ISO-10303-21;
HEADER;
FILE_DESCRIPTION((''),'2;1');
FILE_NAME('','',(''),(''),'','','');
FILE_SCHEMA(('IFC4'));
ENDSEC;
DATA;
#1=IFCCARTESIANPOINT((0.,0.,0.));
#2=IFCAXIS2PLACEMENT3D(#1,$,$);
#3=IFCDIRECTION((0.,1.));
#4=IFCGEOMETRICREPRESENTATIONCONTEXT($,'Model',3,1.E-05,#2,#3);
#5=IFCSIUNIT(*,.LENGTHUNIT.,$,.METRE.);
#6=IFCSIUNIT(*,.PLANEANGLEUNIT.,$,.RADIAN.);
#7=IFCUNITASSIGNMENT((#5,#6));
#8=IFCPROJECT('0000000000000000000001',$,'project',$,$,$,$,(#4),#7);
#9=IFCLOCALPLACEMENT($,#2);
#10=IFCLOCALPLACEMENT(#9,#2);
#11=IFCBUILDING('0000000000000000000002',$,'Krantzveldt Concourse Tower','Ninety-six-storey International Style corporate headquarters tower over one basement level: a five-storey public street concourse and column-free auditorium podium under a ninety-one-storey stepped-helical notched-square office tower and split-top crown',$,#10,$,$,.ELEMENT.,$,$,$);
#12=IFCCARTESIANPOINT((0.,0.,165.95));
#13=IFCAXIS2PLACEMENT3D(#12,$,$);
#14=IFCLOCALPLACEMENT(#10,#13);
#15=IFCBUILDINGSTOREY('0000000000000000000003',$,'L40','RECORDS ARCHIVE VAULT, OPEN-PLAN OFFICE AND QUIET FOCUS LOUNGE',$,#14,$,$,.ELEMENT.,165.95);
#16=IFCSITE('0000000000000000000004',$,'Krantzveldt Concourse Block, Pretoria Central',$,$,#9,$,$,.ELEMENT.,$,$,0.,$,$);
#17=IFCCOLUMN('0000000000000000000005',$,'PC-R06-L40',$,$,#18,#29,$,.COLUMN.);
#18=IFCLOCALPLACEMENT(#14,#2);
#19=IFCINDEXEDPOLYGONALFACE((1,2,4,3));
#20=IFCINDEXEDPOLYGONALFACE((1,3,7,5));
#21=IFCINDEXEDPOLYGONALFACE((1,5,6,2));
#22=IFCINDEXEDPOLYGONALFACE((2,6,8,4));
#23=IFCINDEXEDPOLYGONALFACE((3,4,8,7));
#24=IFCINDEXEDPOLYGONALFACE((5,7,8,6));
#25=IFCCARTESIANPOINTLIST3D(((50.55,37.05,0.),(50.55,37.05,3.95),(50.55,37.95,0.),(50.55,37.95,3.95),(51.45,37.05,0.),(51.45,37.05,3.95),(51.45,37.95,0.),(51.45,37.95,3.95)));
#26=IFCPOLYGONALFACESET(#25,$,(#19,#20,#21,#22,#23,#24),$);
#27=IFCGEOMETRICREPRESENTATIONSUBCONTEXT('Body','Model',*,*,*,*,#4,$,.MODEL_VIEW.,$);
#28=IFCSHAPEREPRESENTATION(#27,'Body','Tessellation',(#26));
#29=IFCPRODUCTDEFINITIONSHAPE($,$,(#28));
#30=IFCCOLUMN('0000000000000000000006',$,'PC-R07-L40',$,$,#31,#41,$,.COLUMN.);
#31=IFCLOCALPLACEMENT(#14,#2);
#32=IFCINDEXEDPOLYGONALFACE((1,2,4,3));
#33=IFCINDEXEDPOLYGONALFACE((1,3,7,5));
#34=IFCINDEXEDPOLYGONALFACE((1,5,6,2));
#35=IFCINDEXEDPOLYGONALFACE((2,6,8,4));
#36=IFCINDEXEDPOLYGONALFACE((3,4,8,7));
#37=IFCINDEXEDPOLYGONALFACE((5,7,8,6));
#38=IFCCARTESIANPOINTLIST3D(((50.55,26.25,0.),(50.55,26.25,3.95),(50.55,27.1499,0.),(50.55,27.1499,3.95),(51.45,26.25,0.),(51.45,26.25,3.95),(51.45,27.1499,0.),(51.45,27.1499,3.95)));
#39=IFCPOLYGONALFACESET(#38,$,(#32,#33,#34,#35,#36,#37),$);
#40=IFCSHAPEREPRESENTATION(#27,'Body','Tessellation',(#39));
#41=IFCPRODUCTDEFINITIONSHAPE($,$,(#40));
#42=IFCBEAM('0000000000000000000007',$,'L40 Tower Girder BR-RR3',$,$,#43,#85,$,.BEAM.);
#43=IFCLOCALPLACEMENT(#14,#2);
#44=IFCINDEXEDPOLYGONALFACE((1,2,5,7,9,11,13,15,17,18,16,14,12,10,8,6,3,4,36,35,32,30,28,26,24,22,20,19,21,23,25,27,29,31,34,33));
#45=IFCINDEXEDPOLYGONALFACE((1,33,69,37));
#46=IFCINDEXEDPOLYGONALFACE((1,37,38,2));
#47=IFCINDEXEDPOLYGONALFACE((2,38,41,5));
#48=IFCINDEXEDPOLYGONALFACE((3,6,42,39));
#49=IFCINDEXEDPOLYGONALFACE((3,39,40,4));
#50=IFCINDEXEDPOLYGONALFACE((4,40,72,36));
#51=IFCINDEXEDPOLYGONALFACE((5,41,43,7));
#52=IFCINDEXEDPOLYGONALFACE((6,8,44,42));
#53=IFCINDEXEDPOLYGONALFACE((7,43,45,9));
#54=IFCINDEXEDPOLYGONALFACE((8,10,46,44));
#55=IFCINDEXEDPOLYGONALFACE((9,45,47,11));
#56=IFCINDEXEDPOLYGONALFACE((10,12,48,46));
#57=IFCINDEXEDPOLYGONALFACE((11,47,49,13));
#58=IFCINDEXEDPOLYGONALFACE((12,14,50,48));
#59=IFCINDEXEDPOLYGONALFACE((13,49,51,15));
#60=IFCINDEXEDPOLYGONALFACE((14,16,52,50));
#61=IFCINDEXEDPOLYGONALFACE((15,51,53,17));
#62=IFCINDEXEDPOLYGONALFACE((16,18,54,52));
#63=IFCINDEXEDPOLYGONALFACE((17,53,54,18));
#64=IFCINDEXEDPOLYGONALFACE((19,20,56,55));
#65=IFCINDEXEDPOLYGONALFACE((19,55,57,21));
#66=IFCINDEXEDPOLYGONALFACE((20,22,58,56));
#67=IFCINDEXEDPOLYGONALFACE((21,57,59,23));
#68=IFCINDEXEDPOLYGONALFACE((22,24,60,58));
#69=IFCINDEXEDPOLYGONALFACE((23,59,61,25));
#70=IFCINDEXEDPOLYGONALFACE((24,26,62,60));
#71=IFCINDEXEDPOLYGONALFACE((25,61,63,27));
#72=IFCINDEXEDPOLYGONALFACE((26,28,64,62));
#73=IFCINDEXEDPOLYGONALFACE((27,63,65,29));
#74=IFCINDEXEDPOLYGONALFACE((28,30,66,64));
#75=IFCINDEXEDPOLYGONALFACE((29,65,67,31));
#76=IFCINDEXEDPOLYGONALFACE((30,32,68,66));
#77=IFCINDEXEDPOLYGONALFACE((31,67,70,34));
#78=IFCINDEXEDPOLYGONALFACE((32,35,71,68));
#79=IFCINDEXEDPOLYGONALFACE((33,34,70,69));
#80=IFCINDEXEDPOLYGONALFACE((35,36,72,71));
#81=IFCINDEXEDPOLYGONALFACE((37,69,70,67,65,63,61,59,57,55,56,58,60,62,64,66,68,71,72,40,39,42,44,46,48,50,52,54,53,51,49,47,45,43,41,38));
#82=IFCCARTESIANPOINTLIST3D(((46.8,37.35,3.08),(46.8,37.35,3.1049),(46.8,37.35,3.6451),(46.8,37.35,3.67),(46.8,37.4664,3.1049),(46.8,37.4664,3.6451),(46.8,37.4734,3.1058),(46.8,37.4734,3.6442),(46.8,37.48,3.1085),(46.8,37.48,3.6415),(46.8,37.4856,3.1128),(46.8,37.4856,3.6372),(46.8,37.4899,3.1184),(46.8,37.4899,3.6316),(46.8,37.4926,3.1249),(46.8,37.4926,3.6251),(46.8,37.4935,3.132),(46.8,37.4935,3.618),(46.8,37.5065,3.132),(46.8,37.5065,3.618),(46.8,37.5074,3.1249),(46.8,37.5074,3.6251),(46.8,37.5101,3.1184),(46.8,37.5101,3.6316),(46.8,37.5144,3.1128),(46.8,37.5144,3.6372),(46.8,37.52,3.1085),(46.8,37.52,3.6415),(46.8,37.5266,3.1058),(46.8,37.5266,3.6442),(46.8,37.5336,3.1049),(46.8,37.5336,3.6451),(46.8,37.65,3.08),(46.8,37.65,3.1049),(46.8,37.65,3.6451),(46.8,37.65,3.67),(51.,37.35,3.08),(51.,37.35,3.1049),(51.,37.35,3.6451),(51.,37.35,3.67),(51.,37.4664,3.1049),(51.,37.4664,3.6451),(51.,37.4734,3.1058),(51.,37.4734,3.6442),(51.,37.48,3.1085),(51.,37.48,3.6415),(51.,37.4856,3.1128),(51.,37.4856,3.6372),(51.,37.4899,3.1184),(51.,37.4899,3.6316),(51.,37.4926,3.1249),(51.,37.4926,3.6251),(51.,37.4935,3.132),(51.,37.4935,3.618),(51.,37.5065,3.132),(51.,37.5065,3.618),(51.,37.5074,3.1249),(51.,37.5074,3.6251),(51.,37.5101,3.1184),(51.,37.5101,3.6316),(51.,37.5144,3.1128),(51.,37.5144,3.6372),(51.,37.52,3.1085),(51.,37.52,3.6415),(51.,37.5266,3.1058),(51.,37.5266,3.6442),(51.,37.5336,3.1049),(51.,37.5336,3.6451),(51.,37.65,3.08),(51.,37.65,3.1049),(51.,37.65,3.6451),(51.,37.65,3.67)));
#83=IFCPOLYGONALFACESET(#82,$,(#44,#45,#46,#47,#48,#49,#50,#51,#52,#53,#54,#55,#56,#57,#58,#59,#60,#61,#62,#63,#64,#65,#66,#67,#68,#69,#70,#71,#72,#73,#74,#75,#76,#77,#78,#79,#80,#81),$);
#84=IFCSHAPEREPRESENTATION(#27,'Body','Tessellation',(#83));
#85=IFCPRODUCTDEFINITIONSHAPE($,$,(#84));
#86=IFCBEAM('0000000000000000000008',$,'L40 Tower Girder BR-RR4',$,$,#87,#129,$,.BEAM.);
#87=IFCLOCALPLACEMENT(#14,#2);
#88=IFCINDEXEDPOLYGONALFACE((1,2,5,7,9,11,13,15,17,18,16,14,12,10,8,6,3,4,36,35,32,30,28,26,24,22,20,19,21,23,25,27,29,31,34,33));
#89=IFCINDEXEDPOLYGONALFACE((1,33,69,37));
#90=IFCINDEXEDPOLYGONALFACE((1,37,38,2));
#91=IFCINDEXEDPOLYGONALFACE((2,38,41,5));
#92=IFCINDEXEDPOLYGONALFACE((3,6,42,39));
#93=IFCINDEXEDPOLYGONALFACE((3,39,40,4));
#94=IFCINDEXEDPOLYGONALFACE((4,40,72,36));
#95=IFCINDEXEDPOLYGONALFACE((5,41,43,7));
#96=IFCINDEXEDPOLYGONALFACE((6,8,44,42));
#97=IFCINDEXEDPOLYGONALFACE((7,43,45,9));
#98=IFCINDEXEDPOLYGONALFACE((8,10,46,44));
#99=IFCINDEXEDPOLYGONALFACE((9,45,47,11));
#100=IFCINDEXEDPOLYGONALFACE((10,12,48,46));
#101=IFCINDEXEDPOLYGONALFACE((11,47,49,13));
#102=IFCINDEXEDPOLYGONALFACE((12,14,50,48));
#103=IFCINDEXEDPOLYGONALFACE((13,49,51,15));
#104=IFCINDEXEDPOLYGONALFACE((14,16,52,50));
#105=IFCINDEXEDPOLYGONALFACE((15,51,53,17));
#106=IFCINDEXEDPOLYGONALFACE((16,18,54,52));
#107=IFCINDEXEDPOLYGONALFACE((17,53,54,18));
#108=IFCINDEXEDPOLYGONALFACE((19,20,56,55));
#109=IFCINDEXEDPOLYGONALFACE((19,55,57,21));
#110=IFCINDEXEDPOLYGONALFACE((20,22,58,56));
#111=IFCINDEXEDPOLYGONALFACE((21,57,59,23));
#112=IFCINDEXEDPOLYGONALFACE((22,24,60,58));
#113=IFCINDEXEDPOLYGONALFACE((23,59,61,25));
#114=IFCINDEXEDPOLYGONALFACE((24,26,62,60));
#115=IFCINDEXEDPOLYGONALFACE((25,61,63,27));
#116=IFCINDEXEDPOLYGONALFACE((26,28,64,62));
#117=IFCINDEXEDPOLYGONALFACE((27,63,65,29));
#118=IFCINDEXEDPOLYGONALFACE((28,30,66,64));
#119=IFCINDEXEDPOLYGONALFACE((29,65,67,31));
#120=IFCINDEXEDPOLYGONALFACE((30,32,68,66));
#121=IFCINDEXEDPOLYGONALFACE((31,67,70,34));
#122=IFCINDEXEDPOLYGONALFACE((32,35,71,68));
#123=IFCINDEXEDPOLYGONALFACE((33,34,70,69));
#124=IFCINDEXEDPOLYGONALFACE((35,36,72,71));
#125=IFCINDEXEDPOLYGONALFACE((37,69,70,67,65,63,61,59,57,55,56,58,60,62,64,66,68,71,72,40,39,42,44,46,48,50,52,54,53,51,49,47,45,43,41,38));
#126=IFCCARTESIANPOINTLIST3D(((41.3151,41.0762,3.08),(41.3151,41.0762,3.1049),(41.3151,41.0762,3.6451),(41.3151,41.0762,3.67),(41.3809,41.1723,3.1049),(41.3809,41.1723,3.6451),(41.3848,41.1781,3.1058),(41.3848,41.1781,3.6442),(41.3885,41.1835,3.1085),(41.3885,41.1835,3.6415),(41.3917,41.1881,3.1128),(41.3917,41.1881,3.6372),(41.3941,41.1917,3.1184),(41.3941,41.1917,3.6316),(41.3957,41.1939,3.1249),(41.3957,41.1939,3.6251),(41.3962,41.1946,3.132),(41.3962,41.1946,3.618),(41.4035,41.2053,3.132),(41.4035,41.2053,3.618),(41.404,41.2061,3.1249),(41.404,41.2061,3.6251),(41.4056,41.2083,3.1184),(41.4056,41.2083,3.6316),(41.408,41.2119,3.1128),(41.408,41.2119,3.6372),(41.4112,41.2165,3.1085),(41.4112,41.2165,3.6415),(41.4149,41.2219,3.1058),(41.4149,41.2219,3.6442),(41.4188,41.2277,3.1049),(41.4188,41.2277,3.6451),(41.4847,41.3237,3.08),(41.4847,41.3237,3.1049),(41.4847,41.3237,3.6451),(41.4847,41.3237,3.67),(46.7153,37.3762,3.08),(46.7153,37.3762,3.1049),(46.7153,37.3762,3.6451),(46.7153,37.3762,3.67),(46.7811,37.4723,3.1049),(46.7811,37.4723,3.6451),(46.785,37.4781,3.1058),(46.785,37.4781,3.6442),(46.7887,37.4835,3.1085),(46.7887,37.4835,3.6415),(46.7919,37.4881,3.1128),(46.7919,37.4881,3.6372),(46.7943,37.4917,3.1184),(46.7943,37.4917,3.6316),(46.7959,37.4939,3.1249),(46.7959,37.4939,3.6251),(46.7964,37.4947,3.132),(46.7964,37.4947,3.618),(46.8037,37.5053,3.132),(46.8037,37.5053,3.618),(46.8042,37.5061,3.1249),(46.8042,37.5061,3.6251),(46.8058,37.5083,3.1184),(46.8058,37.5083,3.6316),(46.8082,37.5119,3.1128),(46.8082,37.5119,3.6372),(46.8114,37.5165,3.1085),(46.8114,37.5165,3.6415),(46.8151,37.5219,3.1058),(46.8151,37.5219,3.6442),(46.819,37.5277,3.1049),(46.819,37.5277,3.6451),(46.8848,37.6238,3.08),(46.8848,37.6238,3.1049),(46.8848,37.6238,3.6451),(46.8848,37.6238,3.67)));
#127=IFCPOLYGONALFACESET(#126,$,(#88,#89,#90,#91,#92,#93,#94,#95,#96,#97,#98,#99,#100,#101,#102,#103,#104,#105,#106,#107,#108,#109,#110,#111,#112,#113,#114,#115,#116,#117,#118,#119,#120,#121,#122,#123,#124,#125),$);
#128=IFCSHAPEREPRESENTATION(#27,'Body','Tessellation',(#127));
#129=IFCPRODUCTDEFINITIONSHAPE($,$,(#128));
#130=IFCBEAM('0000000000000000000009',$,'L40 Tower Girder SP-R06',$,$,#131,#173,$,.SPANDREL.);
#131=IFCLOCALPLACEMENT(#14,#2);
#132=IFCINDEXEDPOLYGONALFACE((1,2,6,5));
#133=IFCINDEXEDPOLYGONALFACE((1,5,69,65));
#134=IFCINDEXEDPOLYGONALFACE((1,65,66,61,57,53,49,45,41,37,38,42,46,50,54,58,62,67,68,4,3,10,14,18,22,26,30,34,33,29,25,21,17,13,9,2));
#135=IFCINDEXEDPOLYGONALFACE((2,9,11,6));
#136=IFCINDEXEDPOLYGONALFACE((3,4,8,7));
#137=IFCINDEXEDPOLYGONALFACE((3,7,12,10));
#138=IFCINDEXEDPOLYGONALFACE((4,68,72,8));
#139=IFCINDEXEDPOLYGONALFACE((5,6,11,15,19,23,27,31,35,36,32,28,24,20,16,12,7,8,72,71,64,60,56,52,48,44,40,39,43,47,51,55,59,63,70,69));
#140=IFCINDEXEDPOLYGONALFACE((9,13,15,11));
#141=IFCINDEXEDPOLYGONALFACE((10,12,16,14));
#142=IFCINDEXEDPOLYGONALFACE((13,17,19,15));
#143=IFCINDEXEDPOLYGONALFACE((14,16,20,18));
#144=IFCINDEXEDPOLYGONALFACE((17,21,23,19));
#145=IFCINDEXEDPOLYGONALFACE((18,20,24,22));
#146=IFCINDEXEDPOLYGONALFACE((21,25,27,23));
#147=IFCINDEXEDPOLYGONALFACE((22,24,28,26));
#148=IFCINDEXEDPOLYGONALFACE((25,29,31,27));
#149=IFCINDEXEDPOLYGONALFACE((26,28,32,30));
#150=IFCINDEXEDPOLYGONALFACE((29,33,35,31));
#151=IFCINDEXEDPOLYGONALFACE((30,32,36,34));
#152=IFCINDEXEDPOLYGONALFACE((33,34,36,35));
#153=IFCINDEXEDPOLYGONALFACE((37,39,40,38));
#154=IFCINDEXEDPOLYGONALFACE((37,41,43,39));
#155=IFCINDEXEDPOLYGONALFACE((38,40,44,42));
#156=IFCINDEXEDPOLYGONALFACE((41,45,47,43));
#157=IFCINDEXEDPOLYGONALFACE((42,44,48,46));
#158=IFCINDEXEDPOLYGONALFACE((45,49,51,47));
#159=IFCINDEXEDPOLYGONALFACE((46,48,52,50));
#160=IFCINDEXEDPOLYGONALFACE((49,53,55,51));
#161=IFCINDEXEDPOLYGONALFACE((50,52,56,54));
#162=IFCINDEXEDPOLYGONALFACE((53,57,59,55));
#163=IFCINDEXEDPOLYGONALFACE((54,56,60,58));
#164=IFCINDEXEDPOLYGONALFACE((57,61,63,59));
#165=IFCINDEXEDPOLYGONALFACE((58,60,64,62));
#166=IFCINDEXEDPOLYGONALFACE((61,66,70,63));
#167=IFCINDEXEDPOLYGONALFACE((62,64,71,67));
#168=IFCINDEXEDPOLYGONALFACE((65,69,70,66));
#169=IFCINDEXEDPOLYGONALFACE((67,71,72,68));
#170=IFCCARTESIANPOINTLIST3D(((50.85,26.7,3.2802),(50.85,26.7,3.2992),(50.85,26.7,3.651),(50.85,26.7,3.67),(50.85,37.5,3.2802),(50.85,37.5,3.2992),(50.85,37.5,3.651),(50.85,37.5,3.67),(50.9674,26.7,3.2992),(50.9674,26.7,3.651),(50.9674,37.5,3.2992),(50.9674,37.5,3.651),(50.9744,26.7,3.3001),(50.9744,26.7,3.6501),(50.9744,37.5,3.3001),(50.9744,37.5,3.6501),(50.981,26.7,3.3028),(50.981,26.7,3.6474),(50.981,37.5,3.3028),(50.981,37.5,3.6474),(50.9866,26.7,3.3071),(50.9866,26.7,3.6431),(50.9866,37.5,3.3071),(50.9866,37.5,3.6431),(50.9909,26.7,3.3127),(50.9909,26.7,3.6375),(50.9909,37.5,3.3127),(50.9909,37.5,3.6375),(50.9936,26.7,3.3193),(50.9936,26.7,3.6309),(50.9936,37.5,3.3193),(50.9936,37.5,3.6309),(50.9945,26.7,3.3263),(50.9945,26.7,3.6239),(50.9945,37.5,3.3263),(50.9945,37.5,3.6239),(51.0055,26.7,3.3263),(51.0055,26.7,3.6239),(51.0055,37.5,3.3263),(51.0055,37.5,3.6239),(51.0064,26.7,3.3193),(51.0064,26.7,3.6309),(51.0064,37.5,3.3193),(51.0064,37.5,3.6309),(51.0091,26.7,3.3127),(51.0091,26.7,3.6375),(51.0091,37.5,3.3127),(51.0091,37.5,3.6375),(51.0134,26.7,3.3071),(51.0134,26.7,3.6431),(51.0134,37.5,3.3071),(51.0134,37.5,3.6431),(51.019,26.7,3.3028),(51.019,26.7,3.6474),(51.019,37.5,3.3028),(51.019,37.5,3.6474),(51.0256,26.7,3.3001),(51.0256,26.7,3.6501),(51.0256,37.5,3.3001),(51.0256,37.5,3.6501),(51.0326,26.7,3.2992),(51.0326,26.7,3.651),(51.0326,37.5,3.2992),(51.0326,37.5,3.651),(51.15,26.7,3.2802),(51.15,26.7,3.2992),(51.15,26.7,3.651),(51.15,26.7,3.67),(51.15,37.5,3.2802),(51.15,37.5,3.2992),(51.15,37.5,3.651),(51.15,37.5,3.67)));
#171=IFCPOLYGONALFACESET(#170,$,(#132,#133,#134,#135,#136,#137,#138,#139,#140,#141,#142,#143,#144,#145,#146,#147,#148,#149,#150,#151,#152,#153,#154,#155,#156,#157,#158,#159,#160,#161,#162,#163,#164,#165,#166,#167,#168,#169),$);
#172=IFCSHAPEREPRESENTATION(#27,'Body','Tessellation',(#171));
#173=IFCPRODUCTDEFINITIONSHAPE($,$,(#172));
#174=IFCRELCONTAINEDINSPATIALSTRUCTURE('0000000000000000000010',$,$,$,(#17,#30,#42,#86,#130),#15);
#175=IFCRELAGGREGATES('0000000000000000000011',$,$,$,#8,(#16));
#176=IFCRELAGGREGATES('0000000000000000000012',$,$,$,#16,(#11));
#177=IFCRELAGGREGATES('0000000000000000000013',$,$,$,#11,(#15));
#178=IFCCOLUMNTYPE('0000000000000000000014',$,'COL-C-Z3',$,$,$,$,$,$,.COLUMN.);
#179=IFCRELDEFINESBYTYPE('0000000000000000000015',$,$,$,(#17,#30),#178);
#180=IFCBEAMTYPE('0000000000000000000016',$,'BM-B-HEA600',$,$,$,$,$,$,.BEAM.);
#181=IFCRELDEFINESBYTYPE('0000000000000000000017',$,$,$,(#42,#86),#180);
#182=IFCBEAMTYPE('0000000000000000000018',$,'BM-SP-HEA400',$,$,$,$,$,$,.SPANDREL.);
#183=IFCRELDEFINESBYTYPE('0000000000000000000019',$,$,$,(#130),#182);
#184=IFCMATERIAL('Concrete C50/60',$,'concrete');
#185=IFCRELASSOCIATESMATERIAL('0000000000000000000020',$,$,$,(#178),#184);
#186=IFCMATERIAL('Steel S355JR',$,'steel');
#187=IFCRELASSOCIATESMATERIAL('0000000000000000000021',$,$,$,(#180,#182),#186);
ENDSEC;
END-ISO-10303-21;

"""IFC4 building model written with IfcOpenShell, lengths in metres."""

from ifc_helpers import new_model, si_unit, direction, frame, origin, origin_2d, place, context, subcontext, project, spatial, rectangle, i_section, extrude, source, transform, mapped, material, material_profile, profile_set, type_object, type_shapes, element, save


model = new_model("IFC4")

# Units and contexts
model_context = context("Model", 3, precision=1e-05, world=origin(), true_north=direction((0.0, 1.0)))
body_context = subcontext(model_context, "Body", "Model", "MODEL_VIEW")
ifc_project = project(units=[si_unit("LENGTHUNIT", "METRE"), si_unit("PLANEANGLEUNIT", "RADIAN")], contexts=[model_context])

# Site, building, storey
site_placement = place(None, origin())
site = spatial("IfcSite", under=ifc_project, at=site_placement, Name="Krantzveldt Concourse Block, Pretoria Central", CompositionType="ELEMENT", RefElevation=0.0)
building_placement = place(site_placement, origin())
building = spatial("IfcBuilding", under=site, at=building_placement, Name="Krantzveldt Concourse Tower", Description="Ninety-six-storey International Style corporate headquarters tower over one basement level: a five-storey public street concourse and column-free auditorium podium under a ninety-one-storey stepped-helical notched-square office tower and split-top crown", CompositionType="ELEMENT")
storey_placement = place(building_placement, frame((0.0, 0.0, 165.95)))
storey = spatial("IfcBuildingStorey", under=building, at=storey_placement, Name="L40", Description="RECORDS ARCHIVE VAULT, OPEN-PLAN OFFICE AND QUIET FOCUS LOUNGE", CompositionType="ELEMENT", Elevation=165.95)

# Columns
ifc_material_1 = material(Name="Concrete C50/60", Category="concrete")
ifc_material_profile_1 = material_profile(ifc_material_1, rectangle(XDim=0.8999, YDim=0.8999, at=origin_2d()), Name="Concrete C50/60", Category="concrete")
ifc_profile_set_1 = profile_set([ifc_material_profile_1], Name="Concrete C50/60 - RC 900x900")
column_type = type_object("IfcColumnType", Name="COL-C-Z3", PredefinedType="COLUMN", material=ifc_profile_set_1)
shared_shape_1 = source(origin(), body_context, "Body", "SweptSolid", [
    extrude(rectangle(XDim=0.8999, YDim=0.8999, at=origin_2d()), origin(), (0.0, 0.0, 1.0), 3.95),
])
type_shapes(column_type, [shared_shape_1])
for number, where, z_axis, x_axis, name in (
    (1, (51.0, 37.5, 0.0), (0.0, 0.0, 1.0), (1.0, 0.0, 0.0), "PC-R06-L40"),
    (2, (51.0, 26.7, 0.0), (0.0, 0.0, 1.0), (1.0, 0.0, 0.0), "PC-R07-L40"),
):
    element("IfcColumn", number, at=place(storey_placement, frame(where, z_axis=z_axis, x_axis=x_axis)), inside=storey, type_object=column_type, Name=name, PredefinedType="COLUMN", context=body_context, shape_type="MappedRepresentation", body=[
        mapped(shared_shape_1, transform((0.0, 0.0, 0.0), x_axis=(1.0, 0.0, 0.0), y_axis=(0.0, 1.0, 0.0), z_axis=(0.0, 0.0, 1.0), scale=1.0)),
    ])

# Beams
ifc_material_2 = material(Name="Steel S355JR", Category="steel")
ifc_material_profile_2 = material_profile(ifc_material_2, i_section(OverallWidth=0.3, OverallDepth=0.5901, WebThickness=0.0129, FlangeThickness=0.0249, FilletRadius=0.0271, at=origin_2d()), Name="Steel S355JR", Category="steel")
ifc_profile_set_2 = profile_set([ifc_material_profile_2], Name="Steel S355JR - HEA 600")
beam_type_1 = type_object("IfcBeamType", Name="BM-B-HEA600", PredefinedType="BEAM", material=ifc_profile_set_2)
shared_shape_2 = source(origin(), body_context, "Body", "SweptSolid", [
    extrude(i_section(OverallWidth=0.3, OverallDepth=0.5901, WebThickness=0.0129, FlangeThickness=0.0249, FilletRadius=0.0271, at=origin_2d()), origin(), (0.0, 0.0, 1.0), 4.2),
])
beam_1_placement = place(storey_placement, frame((46.8, 37.5, 3.375), z_axis=(1.0, 0.0, 0.0), x_axis=(0.0, 1.0, 0.0)))
element("IfcBeam", 3, at=beam_1_placement, inside=storey, type_object=beam_type_1, Name="L40 Tower Girder BR-RR3", PredefinedType="BEAM", context=body_context, shape_type="MappedRepresentation", body=[
    mapped(shared_shape_2, transform((0.0, 0.0, 0.0), x_axis=(1.0, 0.0, 0.0), y_axis=(0.0, 1.0, 0.0), z_axis=(0.0, 0.0, 1.0), scale=1.0)),
])
shared_shape_3 = source(origin(), body_context, "Body", "SweptSolid", [
    extrude(i_section(OverallWidth=0.3, OverallDepth=0.5901, WebThickness=0.0129, FlangeThickness=0.0249, FilletRadius=0.0271, at=origin_2d()), origin(), (0.0, 0.0, 1.0), 6.5461),
])
type_shapes(beam_type_1, [shared_shape_2, shared_shape_3])
beam_2_placement = place(storey_placement, frame((46.8, 37.5, 3.375), z_axis=(-0.824943, 0.565216, 0.0), x_axis=(-0.565216, -0.824943, 0.0)))
element("IfcBeam", 4, at=beam_2_placement, inside=storey, type_object=beam_type_1, Name="L40 Tower Girder BR-RR4", PredefinedType="BEAM", context=body_context, shape_type="MappedRepresentation", body=[
    mapped(shared_shape_3, transform((0.0, 0.0, 0.0), x_axis=(1.0, 0.0, 0.0), y_axis=(0.0, 1.0, 0.0), z_axis=(0.0, 0.0, 1.0), scale=1.0)),
])
ifc_material_profile_3 = material_profile(ifc_material_2, i_section(OverallWidth=0.3, OverallDepth=0.3899, WebThickness=0.011, FlangeThickness=0.019, FilletRadius=0.0271, at=origin_2d()), Name="Steel S355JR", Category="steel")
ifc_profile_set_3 = profile_set([ifc_material_profile_3], Name="Steel S355JR - HEA 400")
beam_type_2 = type_object("IfcBeamType", Name="BM-SP-HEA400", PredefinedType="SPANDREL", material=ifc_profile_set_3)
shared_shape_4 = source(origin(), body_context, "Body", "SweptSolid", [
    extrude(i_section(OverallWidth=0.3, OverallDepth=0.3899, WebThickness=0.011, FlangeThickness=0.019, FilletRadius=0.0271, at=origin_2d()), origin(), (0.0, 0.0, 1.0), 10.8),
])
type_shapes(beam_type_2, [shared_shape_4])
for number, where, z_axis, x_axis, name in (
    (5, (51.0, 37.5, 3.4751), (0.0, -1.0, 0.0), (1.0, 0.0, 0.0), "L40 Tower Girder SP-R06"),
):
    element("IfcBeam", number, at=place(storey_placement, frame(where, z_axis=z_axis, x_axis=x_axis)), inside=storey, type_object=beam_type_2, Name=name, PredefinedType="SPANDREL", context=body_context, shape_type="MappedRepresentation", body=[
        mapped(shared_shape_4, transform((0.0, 0.0, 0.0), x_axis=(1.0, 0.0, 0.0), y_axis=(0.0, 1.0, 0.0), z_axis=(0.0, 0.0, 1.0), scale=1.0)),
    ])

save(model, "model.ifc")
